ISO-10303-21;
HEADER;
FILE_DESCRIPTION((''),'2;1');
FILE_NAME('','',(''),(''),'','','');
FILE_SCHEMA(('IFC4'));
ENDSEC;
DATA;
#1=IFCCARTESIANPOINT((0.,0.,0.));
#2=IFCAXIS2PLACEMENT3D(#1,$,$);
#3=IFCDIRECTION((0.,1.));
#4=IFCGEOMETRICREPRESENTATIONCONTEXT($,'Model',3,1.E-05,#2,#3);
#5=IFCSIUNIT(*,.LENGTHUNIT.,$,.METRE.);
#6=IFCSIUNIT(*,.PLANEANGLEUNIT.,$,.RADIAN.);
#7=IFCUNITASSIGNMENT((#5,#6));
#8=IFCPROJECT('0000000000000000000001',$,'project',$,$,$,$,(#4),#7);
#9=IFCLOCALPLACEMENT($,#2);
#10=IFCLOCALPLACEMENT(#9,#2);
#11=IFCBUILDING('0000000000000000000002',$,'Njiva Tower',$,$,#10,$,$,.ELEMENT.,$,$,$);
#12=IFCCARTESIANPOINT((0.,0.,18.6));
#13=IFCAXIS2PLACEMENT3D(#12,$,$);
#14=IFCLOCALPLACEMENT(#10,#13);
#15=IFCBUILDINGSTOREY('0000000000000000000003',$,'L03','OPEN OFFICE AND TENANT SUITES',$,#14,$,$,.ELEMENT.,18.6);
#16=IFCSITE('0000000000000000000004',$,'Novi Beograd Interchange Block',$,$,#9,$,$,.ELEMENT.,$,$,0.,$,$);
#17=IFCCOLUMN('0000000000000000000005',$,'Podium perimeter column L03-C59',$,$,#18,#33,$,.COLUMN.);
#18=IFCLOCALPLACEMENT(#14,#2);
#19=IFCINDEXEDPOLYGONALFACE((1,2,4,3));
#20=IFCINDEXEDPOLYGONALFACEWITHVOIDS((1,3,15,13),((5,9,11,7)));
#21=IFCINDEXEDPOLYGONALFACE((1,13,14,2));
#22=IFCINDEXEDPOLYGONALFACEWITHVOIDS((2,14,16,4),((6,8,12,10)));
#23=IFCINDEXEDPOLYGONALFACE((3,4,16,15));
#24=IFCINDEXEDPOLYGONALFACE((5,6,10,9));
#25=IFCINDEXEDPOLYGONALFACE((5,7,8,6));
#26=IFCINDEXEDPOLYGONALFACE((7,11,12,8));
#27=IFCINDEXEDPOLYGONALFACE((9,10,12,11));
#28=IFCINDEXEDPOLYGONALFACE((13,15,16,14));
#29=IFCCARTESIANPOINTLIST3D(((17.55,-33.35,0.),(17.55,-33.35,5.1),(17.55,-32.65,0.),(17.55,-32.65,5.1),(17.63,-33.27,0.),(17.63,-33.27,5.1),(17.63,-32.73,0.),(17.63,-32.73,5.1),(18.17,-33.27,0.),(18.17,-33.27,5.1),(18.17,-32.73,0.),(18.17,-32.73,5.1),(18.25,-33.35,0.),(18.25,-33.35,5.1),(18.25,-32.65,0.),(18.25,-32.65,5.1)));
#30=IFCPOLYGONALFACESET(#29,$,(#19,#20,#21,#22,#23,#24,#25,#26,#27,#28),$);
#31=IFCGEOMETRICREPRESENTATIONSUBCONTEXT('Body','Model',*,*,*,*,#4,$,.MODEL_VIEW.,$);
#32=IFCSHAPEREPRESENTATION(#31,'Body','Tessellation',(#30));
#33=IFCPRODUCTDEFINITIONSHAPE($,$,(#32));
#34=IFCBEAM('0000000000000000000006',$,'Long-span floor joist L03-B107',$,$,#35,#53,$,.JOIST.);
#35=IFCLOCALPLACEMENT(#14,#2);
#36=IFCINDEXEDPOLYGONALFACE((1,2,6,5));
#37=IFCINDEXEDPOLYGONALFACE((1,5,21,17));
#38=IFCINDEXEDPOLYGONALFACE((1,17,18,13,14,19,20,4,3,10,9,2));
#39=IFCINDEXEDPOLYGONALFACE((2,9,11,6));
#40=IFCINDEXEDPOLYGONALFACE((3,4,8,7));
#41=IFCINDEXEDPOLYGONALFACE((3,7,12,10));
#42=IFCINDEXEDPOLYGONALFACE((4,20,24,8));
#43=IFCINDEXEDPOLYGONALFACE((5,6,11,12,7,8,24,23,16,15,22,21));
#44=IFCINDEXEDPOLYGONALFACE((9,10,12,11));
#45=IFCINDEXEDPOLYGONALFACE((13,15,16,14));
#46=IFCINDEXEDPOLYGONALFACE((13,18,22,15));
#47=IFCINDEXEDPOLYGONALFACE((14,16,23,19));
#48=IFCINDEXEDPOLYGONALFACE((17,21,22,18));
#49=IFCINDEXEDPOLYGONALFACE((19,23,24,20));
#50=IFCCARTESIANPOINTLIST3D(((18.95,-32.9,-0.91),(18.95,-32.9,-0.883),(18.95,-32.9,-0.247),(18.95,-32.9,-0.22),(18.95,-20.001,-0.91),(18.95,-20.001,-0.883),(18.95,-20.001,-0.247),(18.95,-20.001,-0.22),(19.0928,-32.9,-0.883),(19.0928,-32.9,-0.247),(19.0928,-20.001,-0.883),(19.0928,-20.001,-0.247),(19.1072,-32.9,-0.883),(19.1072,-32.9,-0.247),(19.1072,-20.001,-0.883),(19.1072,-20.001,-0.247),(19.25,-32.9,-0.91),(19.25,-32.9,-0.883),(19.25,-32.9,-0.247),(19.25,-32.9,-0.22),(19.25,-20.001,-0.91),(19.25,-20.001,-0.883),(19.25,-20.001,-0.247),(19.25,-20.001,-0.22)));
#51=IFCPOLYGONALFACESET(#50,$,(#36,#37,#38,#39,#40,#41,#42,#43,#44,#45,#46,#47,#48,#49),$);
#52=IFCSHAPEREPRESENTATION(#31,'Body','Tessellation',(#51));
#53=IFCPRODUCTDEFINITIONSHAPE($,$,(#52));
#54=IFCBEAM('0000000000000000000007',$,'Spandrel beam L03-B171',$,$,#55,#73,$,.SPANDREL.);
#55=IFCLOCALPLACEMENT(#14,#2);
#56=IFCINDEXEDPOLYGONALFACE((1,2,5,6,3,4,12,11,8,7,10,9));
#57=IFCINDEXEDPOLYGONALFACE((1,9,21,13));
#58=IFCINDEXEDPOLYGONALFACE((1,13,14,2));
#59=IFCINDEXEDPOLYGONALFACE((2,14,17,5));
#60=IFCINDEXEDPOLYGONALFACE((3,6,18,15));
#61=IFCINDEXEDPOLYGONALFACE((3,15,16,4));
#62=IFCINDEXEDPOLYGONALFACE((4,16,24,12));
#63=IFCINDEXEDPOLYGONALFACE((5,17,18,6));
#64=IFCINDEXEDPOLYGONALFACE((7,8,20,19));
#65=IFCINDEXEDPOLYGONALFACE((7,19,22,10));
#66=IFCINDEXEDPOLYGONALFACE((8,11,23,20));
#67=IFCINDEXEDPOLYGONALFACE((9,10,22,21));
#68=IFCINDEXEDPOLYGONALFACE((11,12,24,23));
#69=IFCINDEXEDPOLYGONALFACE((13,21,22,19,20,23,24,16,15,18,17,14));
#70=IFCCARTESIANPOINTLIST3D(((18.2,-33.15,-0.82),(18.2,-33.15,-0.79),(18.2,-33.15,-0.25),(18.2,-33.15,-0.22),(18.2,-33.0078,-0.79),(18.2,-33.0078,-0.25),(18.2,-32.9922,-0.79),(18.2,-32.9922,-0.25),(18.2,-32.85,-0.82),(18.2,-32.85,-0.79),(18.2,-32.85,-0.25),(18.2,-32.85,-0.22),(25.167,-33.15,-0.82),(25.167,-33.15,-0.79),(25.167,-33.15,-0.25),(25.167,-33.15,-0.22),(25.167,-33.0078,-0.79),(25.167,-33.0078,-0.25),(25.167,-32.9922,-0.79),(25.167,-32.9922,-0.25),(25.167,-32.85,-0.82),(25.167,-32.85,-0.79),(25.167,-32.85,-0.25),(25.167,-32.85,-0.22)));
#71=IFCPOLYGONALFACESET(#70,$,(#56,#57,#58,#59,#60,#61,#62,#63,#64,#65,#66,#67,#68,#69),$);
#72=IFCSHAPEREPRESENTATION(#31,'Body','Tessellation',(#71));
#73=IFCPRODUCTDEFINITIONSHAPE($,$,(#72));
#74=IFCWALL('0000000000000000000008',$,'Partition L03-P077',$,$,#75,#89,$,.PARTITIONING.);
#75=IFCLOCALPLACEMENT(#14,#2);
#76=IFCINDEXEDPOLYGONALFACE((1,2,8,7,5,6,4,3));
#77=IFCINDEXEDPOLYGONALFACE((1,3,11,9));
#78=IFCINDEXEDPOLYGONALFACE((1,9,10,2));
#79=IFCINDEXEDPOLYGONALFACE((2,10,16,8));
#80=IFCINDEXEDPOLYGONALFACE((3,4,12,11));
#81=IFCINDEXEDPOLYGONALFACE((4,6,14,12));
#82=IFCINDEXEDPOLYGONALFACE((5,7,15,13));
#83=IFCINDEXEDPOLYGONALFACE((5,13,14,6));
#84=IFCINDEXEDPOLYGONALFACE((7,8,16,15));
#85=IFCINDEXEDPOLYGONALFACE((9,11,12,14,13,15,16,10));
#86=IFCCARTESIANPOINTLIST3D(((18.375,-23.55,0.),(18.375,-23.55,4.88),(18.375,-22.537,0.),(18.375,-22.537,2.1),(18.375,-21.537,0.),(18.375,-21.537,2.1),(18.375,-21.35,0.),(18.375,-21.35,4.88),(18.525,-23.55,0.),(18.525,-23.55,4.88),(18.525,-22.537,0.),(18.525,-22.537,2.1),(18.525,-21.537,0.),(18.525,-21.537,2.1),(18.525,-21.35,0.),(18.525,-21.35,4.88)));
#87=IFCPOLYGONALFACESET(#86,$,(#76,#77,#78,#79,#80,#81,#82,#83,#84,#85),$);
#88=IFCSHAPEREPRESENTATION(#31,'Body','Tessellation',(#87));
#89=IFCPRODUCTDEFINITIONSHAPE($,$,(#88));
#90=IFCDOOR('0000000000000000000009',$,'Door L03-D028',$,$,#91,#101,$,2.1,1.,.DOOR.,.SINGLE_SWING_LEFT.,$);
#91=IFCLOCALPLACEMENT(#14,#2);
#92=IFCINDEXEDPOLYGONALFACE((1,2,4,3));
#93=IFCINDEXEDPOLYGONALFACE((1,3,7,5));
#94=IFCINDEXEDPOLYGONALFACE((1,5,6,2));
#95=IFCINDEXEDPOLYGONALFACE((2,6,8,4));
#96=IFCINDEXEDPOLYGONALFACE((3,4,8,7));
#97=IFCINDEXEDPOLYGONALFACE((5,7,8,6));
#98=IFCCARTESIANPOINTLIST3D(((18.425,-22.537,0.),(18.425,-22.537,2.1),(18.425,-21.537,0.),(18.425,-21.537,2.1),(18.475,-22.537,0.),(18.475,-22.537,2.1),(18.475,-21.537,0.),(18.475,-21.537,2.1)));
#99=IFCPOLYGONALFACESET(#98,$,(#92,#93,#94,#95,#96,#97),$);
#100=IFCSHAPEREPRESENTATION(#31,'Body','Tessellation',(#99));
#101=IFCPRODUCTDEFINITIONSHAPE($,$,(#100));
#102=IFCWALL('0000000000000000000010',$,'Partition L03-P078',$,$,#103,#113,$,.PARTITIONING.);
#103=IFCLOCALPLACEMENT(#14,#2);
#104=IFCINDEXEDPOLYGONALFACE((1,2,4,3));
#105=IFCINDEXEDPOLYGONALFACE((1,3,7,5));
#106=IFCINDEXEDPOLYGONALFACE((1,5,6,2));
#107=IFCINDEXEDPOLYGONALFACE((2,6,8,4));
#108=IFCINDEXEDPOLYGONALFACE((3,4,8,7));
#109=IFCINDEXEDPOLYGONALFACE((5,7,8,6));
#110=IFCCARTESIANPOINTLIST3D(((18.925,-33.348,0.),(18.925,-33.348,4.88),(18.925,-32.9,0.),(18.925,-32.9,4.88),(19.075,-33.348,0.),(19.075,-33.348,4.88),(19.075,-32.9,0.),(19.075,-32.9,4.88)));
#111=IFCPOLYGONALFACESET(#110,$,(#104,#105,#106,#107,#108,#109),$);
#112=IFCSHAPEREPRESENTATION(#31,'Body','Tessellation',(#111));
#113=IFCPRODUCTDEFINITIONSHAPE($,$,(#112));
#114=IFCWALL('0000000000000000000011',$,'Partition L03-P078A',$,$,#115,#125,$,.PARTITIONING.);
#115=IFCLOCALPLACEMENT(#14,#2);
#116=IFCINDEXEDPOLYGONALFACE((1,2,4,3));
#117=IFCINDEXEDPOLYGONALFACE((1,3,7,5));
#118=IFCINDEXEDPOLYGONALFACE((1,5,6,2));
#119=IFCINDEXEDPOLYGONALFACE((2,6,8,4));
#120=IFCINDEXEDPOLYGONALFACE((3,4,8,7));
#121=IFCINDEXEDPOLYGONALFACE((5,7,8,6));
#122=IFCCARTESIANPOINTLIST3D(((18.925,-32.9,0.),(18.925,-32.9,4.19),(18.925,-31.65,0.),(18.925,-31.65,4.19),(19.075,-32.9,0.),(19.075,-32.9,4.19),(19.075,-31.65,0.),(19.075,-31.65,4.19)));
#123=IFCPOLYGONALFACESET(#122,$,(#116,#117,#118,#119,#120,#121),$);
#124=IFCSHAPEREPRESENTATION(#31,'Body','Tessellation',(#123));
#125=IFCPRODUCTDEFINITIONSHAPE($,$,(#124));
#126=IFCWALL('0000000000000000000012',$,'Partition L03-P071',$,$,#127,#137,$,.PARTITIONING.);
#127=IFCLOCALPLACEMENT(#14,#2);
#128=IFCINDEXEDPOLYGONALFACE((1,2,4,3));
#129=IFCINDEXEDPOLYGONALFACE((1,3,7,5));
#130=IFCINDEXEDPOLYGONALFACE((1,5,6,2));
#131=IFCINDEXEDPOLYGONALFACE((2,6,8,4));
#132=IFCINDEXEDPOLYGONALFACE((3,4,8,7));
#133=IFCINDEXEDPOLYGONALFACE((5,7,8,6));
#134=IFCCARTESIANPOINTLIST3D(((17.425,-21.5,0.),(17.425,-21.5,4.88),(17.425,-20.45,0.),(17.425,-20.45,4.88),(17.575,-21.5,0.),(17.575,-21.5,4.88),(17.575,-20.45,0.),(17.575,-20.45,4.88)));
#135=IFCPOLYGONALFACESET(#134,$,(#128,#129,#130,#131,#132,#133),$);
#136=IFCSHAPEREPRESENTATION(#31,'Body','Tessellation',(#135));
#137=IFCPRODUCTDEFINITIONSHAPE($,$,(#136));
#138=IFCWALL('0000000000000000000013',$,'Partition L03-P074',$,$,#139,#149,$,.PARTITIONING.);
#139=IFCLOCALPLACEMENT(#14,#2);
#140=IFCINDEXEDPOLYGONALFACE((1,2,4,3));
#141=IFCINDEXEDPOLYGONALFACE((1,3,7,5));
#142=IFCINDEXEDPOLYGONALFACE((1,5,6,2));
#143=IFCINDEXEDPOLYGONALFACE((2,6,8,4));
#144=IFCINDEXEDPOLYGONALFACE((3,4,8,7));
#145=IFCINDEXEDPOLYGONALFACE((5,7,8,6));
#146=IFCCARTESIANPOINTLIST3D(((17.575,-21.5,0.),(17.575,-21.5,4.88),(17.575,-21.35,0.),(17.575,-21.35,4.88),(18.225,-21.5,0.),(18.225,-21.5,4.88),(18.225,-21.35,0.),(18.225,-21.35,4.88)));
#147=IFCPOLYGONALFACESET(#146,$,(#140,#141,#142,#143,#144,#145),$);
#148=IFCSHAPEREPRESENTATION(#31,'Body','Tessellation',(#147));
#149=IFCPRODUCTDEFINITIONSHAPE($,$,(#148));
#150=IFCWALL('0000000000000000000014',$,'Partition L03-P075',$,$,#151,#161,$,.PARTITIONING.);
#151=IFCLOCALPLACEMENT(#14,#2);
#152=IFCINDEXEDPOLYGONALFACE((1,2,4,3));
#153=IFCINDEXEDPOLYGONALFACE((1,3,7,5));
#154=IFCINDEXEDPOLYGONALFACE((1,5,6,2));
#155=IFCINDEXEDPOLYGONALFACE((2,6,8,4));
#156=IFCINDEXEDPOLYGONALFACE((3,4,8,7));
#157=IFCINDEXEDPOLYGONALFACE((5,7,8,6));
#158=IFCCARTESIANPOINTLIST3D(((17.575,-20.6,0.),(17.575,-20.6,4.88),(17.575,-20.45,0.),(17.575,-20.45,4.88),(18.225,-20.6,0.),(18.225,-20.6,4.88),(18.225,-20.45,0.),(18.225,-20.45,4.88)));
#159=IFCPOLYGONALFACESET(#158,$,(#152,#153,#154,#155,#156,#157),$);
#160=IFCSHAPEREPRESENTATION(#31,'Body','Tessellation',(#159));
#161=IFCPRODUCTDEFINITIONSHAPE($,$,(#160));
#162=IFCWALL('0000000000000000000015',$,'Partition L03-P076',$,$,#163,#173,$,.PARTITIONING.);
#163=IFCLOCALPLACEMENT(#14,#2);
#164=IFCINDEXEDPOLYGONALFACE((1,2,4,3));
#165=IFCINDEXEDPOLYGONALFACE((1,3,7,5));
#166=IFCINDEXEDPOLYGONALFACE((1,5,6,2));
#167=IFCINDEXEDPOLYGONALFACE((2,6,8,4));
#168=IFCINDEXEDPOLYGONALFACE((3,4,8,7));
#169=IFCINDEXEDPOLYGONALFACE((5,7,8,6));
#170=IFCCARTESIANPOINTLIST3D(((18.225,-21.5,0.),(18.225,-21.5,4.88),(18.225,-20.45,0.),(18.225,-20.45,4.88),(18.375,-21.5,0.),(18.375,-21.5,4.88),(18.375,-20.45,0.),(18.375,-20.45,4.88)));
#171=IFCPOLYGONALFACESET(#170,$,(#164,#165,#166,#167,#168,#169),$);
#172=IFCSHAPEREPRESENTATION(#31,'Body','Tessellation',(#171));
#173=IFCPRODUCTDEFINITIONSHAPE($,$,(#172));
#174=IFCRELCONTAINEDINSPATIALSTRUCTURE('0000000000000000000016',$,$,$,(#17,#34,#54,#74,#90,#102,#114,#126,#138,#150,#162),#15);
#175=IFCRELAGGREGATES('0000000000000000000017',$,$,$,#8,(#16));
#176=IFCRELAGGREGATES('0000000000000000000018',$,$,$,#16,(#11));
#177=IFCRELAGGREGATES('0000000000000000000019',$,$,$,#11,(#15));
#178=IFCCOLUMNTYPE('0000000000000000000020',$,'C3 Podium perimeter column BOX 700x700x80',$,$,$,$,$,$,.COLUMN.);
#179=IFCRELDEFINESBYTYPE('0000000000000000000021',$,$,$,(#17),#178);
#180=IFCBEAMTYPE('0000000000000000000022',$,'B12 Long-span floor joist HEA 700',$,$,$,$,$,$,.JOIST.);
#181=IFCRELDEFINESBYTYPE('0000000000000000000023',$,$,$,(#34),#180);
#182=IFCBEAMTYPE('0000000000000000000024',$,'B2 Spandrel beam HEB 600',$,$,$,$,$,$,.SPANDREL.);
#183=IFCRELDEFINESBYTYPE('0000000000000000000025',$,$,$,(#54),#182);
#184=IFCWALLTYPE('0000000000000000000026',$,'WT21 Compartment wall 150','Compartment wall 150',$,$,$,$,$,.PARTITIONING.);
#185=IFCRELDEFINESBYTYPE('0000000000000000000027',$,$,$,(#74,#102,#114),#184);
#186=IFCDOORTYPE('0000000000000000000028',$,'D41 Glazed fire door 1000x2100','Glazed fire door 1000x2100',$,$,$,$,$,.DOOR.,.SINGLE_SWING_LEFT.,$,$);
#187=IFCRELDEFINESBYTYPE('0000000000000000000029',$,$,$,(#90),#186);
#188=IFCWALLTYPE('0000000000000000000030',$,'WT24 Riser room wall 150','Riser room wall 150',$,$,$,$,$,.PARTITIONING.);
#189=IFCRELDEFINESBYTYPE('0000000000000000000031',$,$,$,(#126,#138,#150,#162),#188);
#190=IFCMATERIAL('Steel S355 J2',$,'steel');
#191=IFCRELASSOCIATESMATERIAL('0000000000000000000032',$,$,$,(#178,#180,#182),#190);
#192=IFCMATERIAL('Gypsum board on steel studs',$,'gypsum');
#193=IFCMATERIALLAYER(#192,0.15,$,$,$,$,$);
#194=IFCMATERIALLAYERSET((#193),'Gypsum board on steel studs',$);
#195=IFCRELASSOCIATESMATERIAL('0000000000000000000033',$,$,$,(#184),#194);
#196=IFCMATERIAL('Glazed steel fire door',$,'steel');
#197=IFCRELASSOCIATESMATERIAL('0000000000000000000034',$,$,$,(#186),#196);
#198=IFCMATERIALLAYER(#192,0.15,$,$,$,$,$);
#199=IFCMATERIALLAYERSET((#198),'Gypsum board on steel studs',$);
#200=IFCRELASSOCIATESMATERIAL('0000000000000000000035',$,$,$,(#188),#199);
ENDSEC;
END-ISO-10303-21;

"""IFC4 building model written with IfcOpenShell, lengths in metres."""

from ifc_helpers import new_model, si_unit, direction, frame, frame_2d, origin, origin_2d, place, context, subcontext, project, spatial, rectangle, hollow_rectangle, i_section, extrude, material, layer, layer_set, material_profile, profile_set, type_object, element, fill, save


model = new_model("IFC4")

# Units and contexts
model_context = context("Model", 3, precision=1e-05, world=origin(), true_north=direction((0.0, 1.0)))
body_context = subcontext(model_context, "Body", "Model", "MODEL_VIEW")
ifc_project = project(units=[si_unit("LENGTHUNIT", "METRE"), si_unit("PLANEANGLEUNIT", "RADIAN")], contexts=[model_context])

# Site, building, storey
site_placement = place(None, origin())
site = spatial("IfcSite", under=ifc_project, at=site_placement, Name="Novi Beograd Interchange Block", CompositionType="ELEMENT", RefElevation=0.0)
building_placement = place(site_placement, origin())
building = spatial("IfcBuilding", under=site, at=building_placement, Name="Njiva Tower", CompositionType="ELEMENT")
storey_placement = place(building_placement, frame((0.0, 0.0, 18.6)))
storey = spatial("IfcBuildingStorey", under=building, at=storey_placement, Name="L03", Description="OPEN OFFICE AND TENANT SUITES", CompositionType="ELEMENT", Elevation=18.6)

# Column
ifc_material_1 = material(Name="Steel S355 J2", Category="steel")
ifc_material_profile_1 = material_profile(ifc_material_1, hollow_rectangle(XDim=0.7, YDim=0.7, WallThickness=0.08, at=origin_2d()), Name="BOX 700x700x80")
ifc_profile_set_1 = profile_set([ifc_material_profile_1], Name="Steel S355 J2")
column_type = type_object("IfcColumnType", Name="C3 Podium perimeter column BOX 700x700x80", PredefinedType="COLUMN", material=ifc_profile_set_1)
column_placement = place(storey_placement, frame((17.9, -33.0, 0.0), z_axis=(0.0, 0.0, 1.0), x_axis=(1.0, 0.0, 0.0)))
element("IfcColumn", 1, at=column_placement, inside=storey, type_object=column_type, Name="Podium perimeter column L03-C59", PredefinedType="COLUMN", context=body_context, shape_type="SweptSolid", body=[
    extrude(hollow_rectangle(XDim=0.7, YDim=0.7, WallThickness=0.08, at=origin_2d()), origin(), (0.0, 0.0, 1.0), 5.1),
])

# Beams
ifc_material_profile_2 = material_profile(ifc_material_1, i_section(OverallWidth=0.3, OverallDepth=0.69, WebThickness=0.0145, FlangeThickness=0.027, at=origin_2d()), Name="HEA 700")
ifc_profile_set_2 = profile_set([ifc_material_profile_2], Name="Steel S355 J2")
beam_type_1 = type_object("IfcBeamType", Name="B12 Long-span floor joist HEA 700", PredefinedType="JOIST", material=ifc_profile_set_2)
beam_1_placement = place(storey_placement, frame((19.1, -20.001, -0.565), z_axis=(0.0, -1.0, 0.0), x_axis=(1.0, 0.0, 0.0)))
element("IfcBeam", 2, at=beam_1_placement, inside=storey, type_object=beam_type_1, Name="Long-span floor joist L03-B107", PredefinedType="JOIST", context=body_context, shape_type="SweptSolid", body=[
    extrude(i_section(OverallWidth=0.3, OverallDepth=0.69, WebThickness=0.0145, FlangeThickness=0.027, at=origin_2d()), origin(), (0.0, 0.0, 1.0), 12.899),
])
ifc_material_profile_3 = material_profile(ifc_material_1, i_section(OverallWidth=0.3, OverallDepth=0.6, WebThickness=0.0155, FlangeThickness=0.03, at=origin_2d()), Name="HEB 600")
ifc_profile_set_3 = profile_set([ifc_material_profile_3], Name="Steel S355 J2")
beam_type_2 = type_object("IfcBeamType", Name="B2 Spandrel beam HEB 600", PredefinedType="SPANDREL", material=ifc_profile_set_3)
beam_2_placement = place(storey_placement, frame((18.2, -33.0, -0.52), z_axis=(1.0, 0.0, 0.0), x_axis=(0.0, 1.0, 0.0)))
element("IfcBeam", 3, at=beam_2_placement, inside=storey, type_object=beam_type_2, Name="Spandrel beam L03-B171", PredefinedType="SPANDREL", context=body_context, shape_type="SweptSolid", body=[
    extrude(i_section(OverallWidth=0.3, OverallDepth=0.6, WebThickness=0.0155, FlangeThickness=0.03, at=origin_2d()), origin(), (0.0, 0.0, 1.0), 6.967),
])

# Wall, opening, door
ifc_material_2 = material(Name="Gypsum board on steel studs", Category="gypsum")
ifc_layer_1 = layer(ifc_material_2, 0.15)
ifc_layer_set_1 = layer_set([ifc_layer_1], Name="Gypsum board on steel studs")
wall_type_1 = type_object("IfcWallType", Name="WT21 Compartment wall 150", Description="Compartment wall 150", PredefinedType="PARTITIONING", material=ifc_layer_set_1)
wall_1_placement = place(storey_placement, frame((18.45, -23.55, 0.0), z_axis=(0.0, 0.0, 1.0), x_axis=(0.0, 1.0, 0.0)))
wall_1 = element("IfcWall", 4, at=wall_1_placement, inside=storey, type_object=wall_type_1, Name="Partition L03-P077", PredefinedType="PARTITIONING", context=body_context, shape_type="SweptSolid", body=[
    extrude(rectangle(XDim=2.2, YDim=0.15, at=frame_2d((1.1, 0.0))), origin(), (0.0, 0.0, 1.0), 4.88),
])
opening_placement = place(wall_1_placement, frame((1.013, 0.0, 0.0)))
opening = element("IfcOpeningElement", 5, at=opening_placement, cuts=wall_1, PredefinedType="OPENING", context=body_context, shape_type="SweptSolid", body=[
    extrude(rectangle(XDim=1.0, YDim=2.1, at=frame_2d((0.5, 1.05))), frame((0.0, 0.085, 0.0), z_axis=(0.0, -1.0, 0.0), x_axis=(1.0, 0.0, 0.0)), (0.0, 0.0, 1.0), 0.17),
])
ifc_material_3 = material(Name="Glazed steel fire door", Category="steel")
door_type = type_object("IfcDoorType", Name="D41 Glazed fire door 1000x2100", Description="Glazed fire door 1000x2100", OperationType="SINGLE_SWING_LEFT", PredefinedType="DOOR", material=ifc_material_3)
door_placement = place(opening_placement, origin())
door = element("IfcDoor", 6, at=door_placement, inside=storey, type_object=door_type, Name="Door L03-D028", OperationType="SINGLE_SWING_LEFT", OverallHeight=2.1, OverallWidth=1.0, PredefinedType="DOOR", context=body_context, shape_type="SweptSolid", body=[
    extrude(rectangle(XDim=1.0, YDim=2.1, at=frame_2d((0.5, 1.05))), frame((0.0, 0.025, 0.0), z_axis=(0.0, -1.0, 0.0), x_axis=(1.0, 0.0, 0.0)), (0.0, 0.0, 1.0), 0.05),
])
fill(opening, door)

# Walls
wall_2_placement = place(storey_placement, frame((19.0, -33.348, 0.0), z_axis=(0.0, 0.0, 1.0), x_axis=(0.0, 1.0, 0.0)))
element("IfcWall", 7, at=wall_2_placement, inside=storey, type_object=wall_type_1, Name="Partition L03-P078", PredefinedType="PARTITIONING", context=body_context, shape_type="SweptSolid", body=[
    extrude(rectangle(XDim=0.448, YDim=0.15, at=frame_2d((0.224, 0.0))), origin(), (0.0, 0.0, 1.0), 4.88),
])
wall_3_placement = place(storey_placement, frame((19.0, -32.9, 0.0), z_axis=(0.0, 0.0, 1.0), x_axis=(0.0, 1.0, 0.0)))
element("IfcWall", 8, at=wall_3_placement, inside=storey, type_object=wall_type_1, Name="Partition L03-P078A", PredefinedType="PARTITIONING", context=body_context, shape_type="SweptSolid", body=[
    extrude(rectangle(XDim=1.25, YDim=0.15, at=frame_2d((0.625, 0.0))), origin(), (0.0, 0.0, 1.0), 4.19),
])
ifc_layer_2 = layer(ifc_material_2, 0.15)
ifc_layer_set_2 = layer_set([ifc_layer_2], Name="Gypsum board on steel studs")
wall_type_2 = type_object("IfcWallType", Name="WT24 Riser room wall 150", Description="Riser room wall 150", PredefinedType="PARTITIONING", material=ifc_layer_set_2)
wall_4_placement = place(storey_placement, frame((17.5, -21.5, 0.0), z_axis=(0.0, 0.0, 1.0), x_axis=(0.0, 1.0, 0.0)))
element("IfcWall", 9, at=wall_4_placement, inside=storey, type_object=wall_type_2, Name="Partition L03-P071", PredefinedType="PARTITIONING", context=body_context, shape_type="SweptSolid", body=[
    extrude(rectangle(XDim=1.05, YDim=0.15, at=frame_2d((0.525, 0.0))), origin(), (0.0, 0.0, 1.0), 4.88),
])
for number, where, z_axis, x_axis, name in (
    (10, (17.575, -21.425, 0.0), (0.0, 0.0, 1.0), (1.0, 0.0, 0.0), "Partition L03-P074"),
    (11, (17.575, -20.525, 0.0), (0.0, 0.0, 1.0), (1.0, 0.0, 0.0), "Partition L03-P075"),
):
    element("IfcWall", number, at=place(storey_placement, frame(where, z_axis=z_axis, x_axis=x_axis)), inside=storey, type_object=wall_type_2, Name=name, PredefinedType="PARTITIONING", context=body_context, shape_type="SweptSolid", body=[
        extrude(rectangle(XDim=0.65, YDim=0.15, at=frame_2d((0.325, 0.0))), origin(), (0.0, 0.0, 1.0), 4.88),
    ])
wall_5_placement = place(storey_placement, frame((18.3, -21.5, 0.0), z_axis=(0.0, 0.0, 1.0), x_axis=(0.0, 1.0, 0.0)))
element("IfcWall", 12, at=wall_5_placement, inside=storey, type_object=wall_type_2, Name="Partition L03-P076", PredefinedType="PARTITIONING", context=body_context, shape_type="SweptSolid", body=[
    extrude(rectangle(XDim=1.05, YDim=0.15, at=frame_2d((0.525, 0.0))), origin(), (0.0, 0.0, 1.0), 4.88),
])

save(model, "model.ifc")
